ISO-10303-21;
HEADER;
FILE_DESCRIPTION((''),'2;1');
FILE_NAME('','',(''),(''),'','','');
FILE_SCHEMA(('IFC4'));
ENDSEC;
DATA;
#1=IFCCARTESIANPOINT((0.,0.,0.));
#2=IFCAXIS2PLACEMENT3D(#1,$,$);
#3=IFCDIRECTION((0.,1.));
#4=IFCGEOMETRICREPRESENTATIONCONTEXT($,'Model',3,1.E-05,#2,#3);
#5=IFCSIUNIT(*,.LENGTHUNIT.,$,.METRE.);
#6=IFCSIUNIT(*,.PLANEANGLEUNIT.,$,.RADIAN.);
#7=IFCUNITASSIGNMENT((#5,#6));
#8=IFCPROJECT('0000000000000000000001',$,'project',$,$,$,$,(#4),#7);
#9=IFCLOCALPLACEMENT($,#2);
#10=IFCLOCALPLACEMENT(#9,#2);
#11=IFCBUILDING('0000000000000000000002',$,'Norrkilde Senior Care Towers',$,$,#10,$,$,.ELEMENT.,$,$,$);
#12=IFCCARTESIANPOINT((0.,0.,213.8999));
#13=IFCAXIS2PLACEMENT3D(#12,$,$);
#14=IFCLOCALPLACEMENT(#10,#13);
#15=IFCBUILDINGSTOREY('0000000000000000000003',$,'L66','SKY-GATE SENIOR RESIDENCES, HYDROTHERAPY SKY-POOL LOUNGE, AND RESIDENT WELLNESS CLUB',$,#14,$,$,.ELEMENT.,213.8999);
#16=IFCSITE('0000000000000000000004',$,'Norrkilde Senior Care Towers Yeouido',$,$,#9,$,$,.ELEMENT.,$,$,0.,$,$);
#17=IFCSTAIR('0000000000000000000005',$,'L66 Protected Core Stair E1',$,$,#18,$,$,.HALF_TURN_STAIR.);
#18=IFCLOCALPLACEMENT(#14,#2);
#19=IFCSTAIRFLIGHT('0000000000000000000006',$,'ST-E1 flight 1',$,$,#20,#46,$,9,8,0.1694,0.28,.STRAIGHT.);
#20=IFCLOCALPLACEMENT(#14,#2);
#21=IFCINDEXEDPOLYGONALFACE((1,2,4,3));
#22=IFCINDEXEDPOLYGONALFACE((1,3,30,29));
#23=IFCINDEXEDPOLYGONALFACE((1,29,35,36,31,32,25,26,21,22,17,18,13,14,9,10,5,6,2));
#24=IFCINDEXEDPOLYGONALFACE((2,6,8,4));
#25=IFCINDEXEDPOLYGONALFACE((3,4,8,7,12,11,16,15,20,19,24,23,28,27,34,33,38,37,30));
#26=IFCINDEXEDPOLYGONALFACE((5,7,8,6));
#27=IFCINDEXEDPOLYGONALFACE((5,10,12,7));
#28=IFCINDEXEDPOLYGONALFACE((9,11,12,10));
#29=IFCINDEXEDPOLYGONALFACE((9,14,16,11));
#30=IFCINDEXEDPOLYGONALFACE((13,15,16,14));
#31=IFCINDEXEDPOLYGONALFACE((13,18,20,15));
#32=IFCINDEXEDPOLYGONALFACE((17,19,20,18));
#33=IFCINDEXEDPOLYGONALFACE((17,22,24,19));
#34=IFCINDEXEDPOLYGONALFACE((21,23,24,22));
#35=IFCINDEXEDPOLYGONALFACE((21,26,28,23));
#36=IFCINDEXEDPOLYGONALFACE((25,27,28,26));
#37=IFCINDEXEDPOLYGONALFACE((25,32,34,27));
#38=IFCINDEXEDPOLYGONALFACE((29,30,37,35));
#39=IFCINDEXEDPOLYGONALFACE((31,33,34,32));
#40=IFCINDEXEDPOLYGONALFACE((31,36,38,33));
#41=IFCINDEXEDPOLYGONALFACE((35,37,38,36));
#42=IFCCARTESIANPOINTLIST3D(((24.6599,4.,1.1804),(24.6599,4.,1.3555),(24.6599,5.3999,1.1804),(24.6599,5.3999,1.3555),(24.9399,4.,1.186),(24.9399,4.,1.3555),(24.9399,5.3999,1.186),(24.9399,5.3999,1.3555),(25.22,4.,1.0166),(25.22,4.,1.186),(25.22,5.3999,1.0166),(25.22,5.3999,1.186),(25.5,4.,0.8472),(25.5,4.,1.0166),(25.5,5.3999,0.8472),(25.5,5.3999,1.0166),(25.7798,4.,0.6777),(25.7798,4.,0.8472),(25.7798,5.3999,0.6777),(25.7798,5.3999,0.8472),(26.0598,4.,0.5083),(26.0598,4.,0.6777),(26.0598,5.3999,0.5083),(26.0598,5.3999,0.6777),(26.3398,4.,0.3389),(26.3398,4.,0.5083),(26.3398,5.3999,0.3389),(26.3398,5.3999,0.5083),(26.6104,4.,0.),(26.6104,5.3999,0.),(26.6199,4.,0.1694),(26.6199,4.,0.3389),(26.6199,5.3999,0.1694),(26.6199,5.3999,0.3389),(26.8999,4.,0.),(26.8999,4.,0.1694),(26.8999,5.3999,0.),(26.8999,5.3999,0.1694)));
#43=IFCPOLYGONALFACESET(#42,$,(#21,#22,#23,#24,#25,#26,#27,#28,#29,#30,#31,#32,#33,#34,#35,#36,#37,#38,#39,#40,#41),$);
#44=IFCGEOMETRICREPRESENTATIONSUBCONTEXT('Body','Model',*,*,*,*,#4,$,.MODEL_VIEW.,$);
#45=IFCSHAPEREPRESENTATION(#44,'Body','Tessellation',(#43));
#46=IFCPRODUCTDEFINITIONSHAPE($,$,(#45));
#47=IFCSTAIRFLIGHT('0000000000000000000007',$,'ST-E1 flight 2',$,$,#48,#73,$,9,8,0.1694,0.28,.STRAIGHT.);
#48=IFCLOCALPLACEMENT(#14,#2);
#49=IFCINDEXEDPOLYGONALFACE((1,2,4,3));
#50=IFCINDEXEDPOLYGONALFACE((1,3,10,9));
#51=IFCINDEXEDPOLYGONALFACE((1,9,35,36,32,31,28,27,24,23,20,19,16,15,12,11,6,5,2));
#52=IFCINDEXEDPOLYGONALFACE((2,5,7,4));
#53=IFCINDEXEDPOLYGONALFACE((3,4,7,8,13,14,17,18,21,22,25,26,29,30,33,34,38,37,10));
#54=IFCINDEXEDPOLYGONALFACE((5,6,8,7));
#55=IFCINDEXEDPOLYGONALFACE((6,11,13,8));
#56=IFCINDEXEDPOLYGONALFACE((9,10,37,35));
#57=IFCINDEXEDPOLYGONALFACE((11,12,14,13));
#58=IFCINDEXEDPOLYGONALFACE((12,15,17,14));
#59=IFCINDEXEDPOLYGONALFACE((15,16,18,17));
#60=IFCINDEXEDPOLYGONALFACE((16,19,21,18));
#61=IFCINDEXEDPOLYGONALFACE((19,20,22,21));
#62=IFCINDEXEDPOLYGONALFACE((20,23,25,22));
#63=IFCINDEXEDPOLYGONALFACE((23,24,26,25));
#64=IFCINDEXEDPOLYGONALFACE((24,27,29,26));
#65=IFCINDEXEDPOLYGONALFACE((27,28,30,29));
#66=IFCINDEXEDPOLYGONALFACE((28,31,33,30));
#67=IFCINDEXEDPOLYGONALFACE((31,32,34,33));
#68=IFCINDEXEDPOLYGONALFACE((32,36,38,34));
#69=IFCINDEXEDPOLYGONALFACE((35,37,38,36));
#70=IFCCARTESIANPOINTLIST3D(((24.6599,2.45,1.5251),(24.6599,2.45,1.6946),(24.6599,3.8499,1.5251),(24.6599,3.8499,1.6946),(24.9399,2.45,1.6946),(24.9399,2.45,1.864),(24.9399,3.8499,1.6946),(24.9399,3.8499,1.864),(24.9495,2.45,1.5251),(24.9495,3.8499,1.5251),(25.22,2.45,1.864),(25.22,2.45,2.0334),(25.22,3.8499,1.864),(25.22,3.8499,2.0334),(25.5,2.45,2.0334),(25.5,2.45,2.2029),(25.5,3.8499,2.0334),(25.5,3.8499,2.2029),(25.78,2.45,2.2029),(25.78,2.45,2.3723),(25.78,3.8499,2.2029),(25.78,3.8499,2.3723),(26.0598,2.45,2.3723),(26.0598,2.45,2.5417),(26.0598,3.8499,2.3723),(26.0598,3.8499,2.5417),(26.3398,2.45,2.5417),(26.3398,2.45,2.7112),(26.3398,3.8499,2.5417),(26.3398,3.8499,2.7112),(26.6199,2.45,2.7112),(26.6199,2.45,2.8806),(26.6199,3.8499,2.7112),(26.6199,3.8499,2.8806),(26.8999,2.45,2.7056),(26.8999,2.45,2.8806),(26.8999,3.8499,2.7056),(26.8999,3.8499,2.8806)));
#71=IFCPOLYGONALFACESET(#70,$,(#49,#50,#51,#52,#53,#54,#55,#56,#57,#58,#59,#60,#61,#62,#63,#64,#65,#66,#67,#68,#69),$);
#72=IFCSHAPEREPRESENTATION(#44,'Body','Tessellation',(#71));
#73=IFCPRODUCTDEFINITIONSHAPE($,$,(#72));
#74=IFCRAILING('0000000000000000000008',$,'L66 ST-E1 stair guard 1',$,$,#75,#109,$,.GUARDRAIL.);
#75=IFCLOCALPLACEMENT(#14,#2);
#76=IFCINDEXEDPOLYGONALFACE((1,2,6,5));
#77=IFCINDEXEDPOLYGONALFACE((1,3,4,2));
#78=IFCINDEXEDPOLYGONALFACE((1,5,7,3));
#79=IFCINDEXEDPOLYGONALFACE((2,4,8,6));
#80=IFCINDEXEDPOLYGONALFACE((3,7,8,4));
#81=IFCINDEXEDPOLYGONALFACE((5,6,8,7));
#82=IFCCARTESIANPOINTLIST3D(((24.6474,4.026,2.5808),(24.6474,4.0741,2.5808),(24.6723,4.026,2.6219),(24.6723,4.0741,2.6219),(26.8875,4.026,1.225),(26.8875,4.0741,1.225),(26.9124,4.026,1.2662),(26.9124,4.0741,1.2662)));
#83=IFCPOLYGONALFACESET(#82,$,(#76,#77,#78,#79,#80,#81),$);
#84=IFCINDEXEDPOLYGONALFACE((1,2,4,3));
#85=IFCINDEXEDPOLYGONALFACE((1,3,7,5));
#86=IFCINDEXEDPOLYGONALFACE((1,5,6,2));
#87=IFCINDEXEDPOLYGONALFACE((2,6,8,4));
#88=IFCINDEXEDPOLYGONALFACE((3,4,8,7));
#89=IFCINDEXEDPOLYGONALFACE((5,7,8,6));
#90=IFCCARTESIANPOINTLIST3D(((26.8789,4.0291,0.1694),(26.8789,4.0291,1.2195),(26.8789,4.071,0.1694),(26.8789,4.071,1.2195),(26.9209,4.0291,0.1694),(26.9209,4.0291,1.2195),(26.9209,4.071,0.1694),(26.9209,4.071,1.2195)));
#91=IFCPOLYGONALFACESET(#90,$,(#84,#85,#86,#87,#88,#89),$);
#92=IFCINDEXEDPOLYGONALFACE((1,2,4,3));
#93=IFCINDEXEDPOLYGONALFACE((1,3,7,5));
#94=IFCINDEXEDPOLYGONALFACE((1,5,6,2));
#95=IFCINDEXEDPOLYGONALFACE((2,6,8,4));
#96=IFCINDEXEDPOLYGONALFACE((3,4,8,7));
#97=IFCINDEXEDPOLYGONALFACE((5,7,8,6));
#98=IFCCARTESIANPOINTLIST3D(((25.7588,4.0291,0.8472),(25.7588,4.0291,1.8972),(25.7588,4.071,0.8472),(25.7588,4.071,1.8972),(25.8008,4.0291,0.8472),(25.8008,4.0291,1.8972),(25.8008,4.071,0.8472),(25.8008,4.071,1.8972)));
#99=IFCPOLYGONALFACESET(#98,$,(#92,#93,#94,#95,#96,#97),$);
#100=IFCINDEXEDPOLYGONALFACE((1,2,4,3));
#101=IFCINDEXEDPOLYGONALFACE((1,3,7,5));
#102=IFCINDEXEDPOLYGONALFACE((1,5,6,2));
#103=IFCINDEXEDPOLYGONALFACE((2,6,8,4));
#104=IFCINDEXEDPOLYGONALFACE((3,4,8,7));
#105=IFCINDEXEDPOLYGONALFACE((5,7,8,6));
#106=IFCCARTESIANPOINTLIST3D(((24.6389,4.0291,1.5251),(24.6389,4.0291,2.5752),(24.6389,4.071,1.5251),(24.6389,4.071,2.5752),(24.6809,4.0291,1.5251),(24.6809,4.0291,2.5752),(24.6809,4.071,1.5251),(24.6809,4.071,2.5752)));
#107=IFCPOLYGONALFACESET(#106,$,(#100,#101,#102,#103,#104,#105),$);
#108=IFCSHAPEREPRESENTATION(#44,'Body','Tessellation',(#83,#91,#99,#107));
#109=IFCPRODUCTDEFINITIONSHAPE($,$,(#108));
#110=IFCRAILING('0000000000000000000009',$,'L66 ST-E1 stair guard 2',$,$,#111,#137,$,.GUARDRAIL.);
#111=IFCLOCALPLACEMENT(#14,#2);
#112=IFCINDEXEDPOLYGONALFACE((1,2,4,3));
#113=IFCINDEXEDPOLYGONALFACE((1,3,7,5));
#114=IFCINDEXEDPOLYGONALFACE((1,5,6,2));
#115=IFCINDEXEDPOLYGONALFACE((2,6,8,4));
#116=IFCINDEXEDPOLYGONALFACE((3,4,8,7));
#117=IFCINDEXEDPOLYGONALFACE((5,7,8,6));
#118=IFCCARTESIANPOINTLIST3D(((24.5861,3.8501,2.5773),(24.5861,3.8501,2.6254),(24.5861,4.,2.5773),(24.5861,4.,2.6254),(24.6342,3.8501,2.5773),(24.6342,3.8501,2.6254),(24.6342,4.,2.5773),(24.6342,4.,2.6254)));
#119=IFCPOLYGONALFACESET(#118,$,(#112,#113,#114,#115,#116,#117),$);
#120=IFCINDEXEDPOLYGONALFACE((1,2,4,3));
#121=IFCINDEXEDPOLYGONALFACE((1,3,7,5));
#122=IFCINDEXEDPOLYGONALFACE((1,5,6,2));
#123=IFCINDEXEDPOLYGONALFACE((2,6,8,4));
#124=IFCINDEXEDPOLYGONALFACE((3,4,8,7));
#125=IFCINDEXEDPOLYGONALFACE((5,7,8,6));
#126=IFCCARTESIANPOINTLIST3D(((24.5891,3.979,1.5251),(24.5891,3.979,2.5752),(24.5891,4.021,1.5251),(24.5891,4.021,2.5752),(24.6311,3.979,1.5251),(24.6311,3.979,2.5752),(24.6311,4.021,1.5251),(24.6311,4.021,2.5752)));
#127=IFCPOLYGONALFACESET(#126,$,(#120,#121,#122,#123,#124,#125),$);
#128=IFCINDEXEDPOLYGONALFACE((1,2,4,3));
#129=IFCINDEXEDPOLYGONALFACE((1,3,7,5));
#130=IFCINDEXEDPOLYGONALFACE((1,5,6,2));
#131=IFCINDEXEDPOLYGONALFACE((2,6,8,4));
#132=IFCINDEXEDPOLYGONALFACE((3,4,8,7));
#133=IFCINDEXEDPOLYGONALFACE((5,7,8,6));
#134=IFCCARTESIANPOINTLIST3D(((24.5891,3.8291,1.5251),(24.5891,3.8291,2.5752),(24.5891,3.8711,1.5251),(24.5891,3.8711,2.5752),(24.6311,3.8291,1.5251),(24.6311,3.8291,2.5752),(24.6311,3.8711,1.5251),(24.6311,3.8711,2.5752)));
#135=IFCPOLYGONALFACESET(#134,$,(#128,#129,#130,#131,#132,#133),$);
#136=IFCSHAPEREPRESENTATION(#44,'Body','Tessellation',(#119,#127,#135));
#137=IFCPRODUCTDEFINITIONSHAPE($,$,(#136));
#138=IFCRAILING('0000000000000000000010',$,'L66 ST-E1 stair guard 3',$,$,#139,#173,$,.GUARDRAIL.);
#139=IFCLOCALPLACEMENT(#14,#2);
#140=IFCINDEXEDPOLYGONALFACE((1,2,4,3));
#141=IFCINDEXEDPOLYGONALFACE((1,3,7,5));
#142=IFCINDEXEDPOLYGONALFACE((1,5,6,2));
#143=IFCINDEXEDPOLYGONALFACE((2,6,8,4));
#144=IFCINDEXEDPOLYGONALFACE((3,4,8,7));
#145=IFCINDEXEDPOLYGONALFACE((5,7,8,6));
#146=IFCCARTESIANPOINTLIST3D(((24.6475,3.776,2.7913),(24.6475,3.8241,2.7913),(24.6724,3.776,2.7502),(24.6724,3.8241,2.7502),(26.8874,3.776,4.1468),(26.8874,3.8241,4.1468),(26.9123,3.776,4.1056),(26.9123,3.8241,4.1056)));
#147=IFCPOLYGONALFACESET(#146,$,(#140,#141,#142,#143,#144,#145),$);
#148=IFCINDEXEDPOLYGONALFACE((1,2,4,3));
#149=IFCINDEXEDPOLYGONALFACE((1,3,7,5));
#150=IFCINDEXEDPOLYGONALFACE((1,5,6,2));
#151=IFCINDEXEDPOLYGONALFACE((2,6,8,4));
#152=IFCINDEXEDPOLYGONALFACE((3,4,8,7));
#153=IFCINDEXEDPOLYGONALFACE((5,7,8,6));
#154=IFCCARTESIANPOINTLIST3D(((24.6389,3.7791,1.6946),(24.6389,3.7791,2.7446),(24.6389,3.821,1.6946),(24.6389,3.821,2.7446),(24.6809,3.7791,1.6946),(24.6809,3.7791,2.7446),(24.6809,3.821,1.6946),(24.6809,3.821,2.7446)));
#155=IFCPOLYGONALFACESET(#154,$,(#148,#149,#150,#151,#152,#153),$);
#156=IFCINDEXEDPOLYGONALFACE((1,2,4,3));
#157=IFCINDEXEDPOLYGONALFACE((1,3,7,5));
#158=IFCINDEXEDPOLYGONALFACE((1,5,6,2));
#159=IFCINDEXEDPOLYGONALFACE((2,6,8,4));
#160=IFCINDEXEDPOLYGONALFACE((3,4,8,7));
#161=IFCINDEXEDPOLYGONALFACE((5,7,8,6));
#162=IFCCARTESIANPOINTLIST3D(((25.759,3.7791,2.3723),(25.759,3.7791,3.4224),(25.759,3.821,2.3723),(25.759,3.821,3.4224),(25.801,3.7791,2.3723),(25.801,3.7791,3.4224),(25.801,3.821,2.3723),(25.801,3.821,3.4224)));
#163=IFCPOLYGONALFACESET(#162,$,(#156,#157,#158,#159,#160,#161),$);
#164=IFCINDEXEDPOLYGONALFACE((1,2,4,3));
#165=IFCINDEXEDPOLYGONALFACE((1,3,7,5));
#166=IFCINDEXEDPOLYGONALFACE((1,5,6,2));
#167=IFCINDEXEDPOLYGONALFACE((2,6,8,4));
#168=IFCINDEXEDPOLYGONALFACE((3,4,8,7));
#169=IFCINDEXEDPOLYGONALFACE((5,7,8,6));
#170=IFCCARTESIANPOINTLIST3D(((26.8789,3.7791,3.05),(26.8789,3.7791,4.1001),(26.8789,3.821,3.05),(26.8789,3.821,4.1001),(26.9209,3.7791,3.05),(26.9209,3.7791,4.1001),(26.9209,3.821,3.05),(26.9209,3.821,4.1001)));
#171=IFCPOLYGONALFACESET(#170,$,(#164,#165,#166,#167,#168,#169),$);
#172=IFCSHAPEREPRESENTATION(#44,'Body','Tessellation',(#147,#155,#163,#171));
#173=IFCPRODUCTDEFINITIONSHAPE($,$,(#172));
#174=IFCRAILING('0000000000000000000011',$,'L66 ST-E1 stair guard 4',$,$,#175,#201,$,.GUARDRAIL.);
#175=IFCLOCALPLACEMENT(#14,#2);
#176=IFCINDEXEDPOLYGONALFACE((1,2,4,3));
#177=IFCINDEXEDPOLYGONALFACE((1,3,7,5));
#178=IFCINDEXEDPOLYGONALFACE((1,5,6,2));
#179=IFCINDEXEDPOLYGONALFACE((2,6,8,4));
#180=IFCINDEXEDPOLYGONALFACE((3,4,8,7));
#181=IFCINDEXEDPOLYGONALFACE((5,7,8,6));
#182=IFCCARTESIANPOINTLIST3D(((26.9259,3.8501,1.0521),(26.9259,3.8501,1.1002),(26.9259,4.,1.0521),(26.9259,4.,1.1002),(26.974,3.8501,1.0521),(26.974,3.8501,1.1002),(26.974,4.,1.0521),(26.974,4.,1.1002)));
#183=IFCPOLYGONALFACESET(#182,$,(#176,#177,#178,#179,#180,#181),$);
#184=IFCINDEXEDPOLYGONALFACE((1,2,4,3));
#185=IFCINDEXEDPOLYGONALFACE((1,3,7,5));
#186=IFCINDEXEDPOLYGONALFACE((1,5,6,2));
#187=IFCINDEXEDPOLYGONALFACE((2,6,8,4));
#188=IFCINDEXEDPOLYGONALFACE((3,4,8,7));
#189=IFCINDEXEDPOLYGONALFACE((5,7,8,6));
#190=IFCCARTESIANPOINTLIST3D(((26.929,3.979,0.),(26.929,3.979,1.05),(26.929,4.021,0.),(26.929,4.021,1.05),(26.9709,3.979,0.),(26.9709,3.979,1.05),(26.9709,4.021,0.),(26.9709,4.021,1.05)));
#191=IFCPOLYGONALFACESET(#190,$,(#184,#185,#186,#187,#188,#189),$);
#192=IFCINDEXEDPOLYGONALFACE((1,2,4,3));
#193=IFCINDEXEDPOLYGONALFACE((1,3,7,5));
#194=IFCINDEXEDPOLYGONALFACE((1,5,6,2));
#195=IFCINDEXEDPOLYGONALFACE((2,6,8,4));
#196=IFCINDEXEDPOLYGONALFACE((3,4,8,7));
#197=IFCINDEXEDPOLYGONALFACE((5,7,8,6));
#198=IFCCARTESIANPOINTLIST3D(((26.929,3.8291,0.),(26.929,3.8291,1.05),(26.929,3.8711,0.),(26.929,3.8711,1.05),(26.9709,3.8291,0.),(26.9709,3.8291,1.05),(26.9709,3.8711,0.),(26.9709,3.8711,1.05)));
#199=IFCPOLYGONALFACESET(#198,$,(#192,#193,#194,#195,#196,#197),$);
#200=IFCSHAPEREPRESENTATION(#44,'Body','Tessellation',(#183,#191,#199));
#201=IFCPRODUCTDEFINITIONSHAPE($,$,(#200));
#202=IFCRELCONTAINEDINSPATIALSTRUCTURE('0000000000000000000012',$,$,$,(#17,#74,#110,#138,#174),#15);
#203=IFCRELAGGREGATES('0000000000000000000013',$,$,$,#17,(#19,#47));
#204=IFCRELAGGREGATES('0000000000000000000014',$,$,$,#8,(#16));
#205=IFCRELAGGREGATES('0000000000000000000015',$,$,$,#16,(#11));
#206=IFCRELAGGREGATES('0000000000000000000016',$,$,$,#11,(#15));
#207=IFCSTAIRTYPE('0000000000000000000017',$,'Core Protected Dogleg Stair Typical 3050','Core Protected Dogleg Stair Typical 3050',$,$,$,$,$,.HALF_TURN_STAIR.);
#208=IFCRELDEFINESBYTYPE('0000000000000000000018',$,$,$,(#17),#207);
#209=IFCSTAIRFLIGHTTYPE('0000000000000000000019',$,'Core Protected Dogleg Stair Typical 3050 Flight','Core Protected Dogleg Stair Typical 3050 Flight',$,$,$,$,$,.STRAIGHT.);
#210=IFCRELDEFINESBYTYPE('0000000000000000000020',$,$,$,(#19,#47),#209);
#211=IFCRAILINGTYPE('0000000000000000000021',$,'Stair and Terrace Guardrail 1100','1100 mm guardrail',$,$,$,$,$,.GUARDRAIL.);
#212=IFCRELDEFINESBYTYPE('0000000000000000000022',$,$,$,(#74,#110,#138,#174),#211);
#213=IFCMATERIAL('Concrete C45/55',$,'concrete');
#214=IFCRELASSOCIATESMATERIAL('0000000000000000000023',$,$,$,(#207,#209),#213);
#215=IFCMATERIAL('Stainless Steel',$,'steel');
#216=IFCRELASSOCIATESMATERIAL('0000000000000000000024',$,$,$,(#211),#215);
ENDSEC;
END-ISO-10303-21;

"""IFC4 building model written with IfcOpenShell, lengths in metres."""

from ifc_helpers import new_model, si_unit, direction, frame, origin, origin_2d, place, context, subcontext, project, spatial, polyline, rectangle, outline, extrude, material, type_object, element, aggregate, save


model = new_model("IFC4")

# Units and contexts
model_context = context("Model", 3, precision=1e-05, world=origin(), true_north=direction((0.0, 1.0)))
body_context = subcontext(model_context, "Body", "Model", "MODEL_VIEW")
ifc_project = project(units=[si_unit("LENGTHUNIT", "METRE"), si_unit("PLANEANGLEUNIT", "RADIAN")], contexts=[model_context])

# Site, building, storey
site_placement = place(None, origin())
site = spatial("IfcSite", under=ifc_project, at=site_placement, Name="Norrkilde Senior Care Towers Yeouido", CompositionType="ELEMENT", RefElevation=0.0)
building_placement = place(site_placement, origin())
building = spatial("IfcBuilding", under=site, at=building_placement, Name="Norrkilde Senior Care Towers", CompositionType="ELEMENT")
storey_placement = place(building_placement, frame((0.0, 0.0, 213.8999)))
storey = spatial("IfcBuildingStorey", under=building, at=storey_placement, Name="L66", Description="SKY-GATE SENIOR RESIDENCES, HYDROTHERAPY SKY-POOL LOUNGE, AND RESIDENT WELLNESS CLUB", CompositionType="ELEMENT", Elevation=213.8999)

# Shared definitions
ifc_material_1 = material(Name="Concrete C45/55", Category="concrete")

# Shared definitions
ifc_material_2 = material(Name="Stainless Steel", Category="steel")

# Stair, stair flights
stair_type = type_object("IfcStairType", Name="Core Protected Dogleg Stair Typical 3050", Description="Core Protected Dogleg Stair Typical 3050", PredefinedType="HALF_TURN_STAIR", material=ifc_material_1)
stair_placement = place(storey_placement, origin())
stair = element("IfcStair", 1, at=stair_placement, inside=storey, type_object=stair_type, Name="L66 Protected Core Stair E1", PredefinedType="HALF_TURN_STAIR")
stair_flight_type = type_object("IfcStairFlightType", Name="Core Protected Dogleg Stair Typical 3050 Flight", Description="Core Protected Dogleg Stair Typical 3050 Flight", PredefinedType="STRAIGHT", material=ifc_material_1)
stair_flight_1_placement = place(storey_placement, frame((26.8999, 4.7, 0.0), z_axis=(0.0, 0.0, 1.0), x_axis=(-1.0, 0.0, 0.0)))
stair_flight_1 = element("IfcStairFlight", 2, at=stair_flight_1_placement, type_object=stair_flight_type, Name="ST-E1 flight 1", NumberOfRisers=9, NumberOfTreads=8, PredefinedType="STRAIGHT", RiserHeight=0.1694, TreadLength=0.28, context=body_context, shape_type="SweptSolid", body=[
    extrude(outline(polyline([(0.0, 0.0), (0.0, 0.1694), (0.28, 0.1694), (0.28, 0.3389), (0.5601, 0.3389), (0.5601, 0.5083), (0.8401, 0.5083), (0.8401, 0.6777), (1.1201, 0.6777), (1.1201, 0.8472), (1.3999, 0.8472), (1.3999, 1.0166), (1.6799, 1.0166), (1.6799, 1.186), (1.96, 1.186), (1.96, 1.3555), (2.24, 1.3555), (2.24, 1.5249), (2.24, 1.1804), (0.2896, 0.0), (0.0, 0.0)])), frame((0.0, 0.7, 0.0), z_axis=(0.0, -1.0, 0.0), x_axis=(1.0, 0.0, 0.0)), (0.0, 0.0, 1.0), 1.3999),
])
stair_flight_2_placement = place(storey_placement, frame((24.6599, 3.1499, 1.5251), z_axis=(0.0, 0.0, 1.0), x_axis=(1.0, 0.0, 0.0)))
stair_flight_2 = element("IfcStairFlight", 3, at=stair_flight_2_placement, type_object=stair_flight_type, Name="ST-E1 flight 2", NumberOfRisers=9, NumberOfTreads=8, PredefinedType="STRAIGHT", RiserHeight=0.1694, TreadLength=0.28, context=body_context, shape_type="SweptSolid", body=[
    extrude(outline(polyline([(0.0, 0.0), (0.0, 0.1694), (0.28, 0.1694), (0.28, 0.3389), (0.5601, 0.3389), (0.5601, 0.5083), (0.8401, 0.5083), (0.8401, 0.6777), (1.1201, 0.6777), (1.1201, 0.8472), (1.3999, 0.8472), (1.3999, 1.0166), (1.6799, 1.0166), (1.6799, 1.186), (1.96, 1.186), (1.96, 1.3555), (2.24, 1.3555), (2.24, 1.5249), (2.24, 1.1804), (0.2896, 0.0), (0.0, 0.0)])), frame((0.0, 0.7, 0.0), z_axis=(0.0, -1.0, 0.0), x_axis=(1.0, 0.0, 0.0)), (0.0, 0.0, 1.0), 1.3999),
])
aggregate(stair, [stair_flight_1, stair_flight_2])

# Railings
railing_type_1 = type_object("IfcRailingType", Name="Stair and Terrace Guardrail 1100", Description="1100 mm guardrail", PredefinedType="GUARDRAIL", material=ifc_material_2)
railing_1_placement = place(storey_placement, frame((26.8999, 4.05, 0.1694)))
element("IfcRailing", 4, at=railing_1_placement, inside=storey, type_object=railing_type_1, Name="L66 ST-E1 stair guard 1", PredefinedType="GUARDRAIL", context=body_context, shape_type="SweptSolid", body=[
    extrude(rectangle(XDim=0.0481, YDim=0.0481, at=origin_2d()), frame((0.0, 0.0, 1.0762), z_axis=(-0.855512, 0.0, 0.517783), x_axis=(0.0, -1.0, 0.0)), (0.0, 0.0, 1.0), 2.6184),
    extrude(rectangle(XDim=0.042, YDim=0.042, at=origin_2d()), origin(), (0.0, 0.0, 1.0), 1.05),
    extrude(rectangle(XDim=0.042, YDim=0.042, at=origin_2d()), frame((-1.1201, 0.0, 0.6777)), (0.0, 0.0, 1.0), 1.05),
    extrude(rectangle(XDim=0.042, YDim=0.042, at=origin_2d()), frame((-2.24, 0.0, 1.3557)), (0.0, 0.0, 1.0), 1.05),
])
railing_2_placement = place(storey_placement, frame((24.6101, 4.0, 1.5251)))
element("IfcRailing", 5, at=railing_2_placement, inside=storey, type_object=railing_type_1, Name="L66 ST-E1 stair guard 2", PredefinedType="GUARDRAIL", context=body_context, shape_type="SweptSolid", body=[
    extrude(rectangle(XDim=0.0481, YDim=0.0481, at=origin_2d()), frame((0.0, 0.0, 1.0762), z_axis=(0.0, -1.0, 0.0), x_axis=(1.0, 0.0, 0.0)), (0.0, 0.0, 1.0), 0.1499),
    extrude(rectangle(XDim=0.042, YDim=0.042, at=origin_2d()), origin(), (0.0, 0.0, 1.0), 1.05),
    extrude(rectangle(XDim=0.042, YDim=0.042, at=origin_2d()), frame((0.0, -0.1499, 0.0)), (0.0, 0.0, 1.0), 1.05),
])
railing_3_placement = place(storey_placement, frame((24.6599, 3.8, 1.6946)))
element("IfcRailing", 6, at=railing_3_placement, inside=storey, type_object=railing_type_1, Name="L66 ST-E1 stair guard 3", PredefinedType="GUARDRAIL", context=body_context, shape_type="SweptSolid", body=[
    extrude(rectangle(XDim=0.0481, YDim=0.0481, at=origin_2d()), frame((0.0, 0.0, 1.0762), z_axis=(0.855553, 0.0, 0.517715), x_axis=(0.0, 1.0, 0.0)), (0.0, 0.0, 1.0), 2.6182),
    extrude(rectangle(XDim=0.042, YDim=0.042, at=origin_2d()), origin(), (0.0, 0.0, 1.0), 1.05),
    extrude(rectangle(XDim=0.042, YDim=0.042, at=origin_2d()), frame((1.1201, 0.0, 0.6777)), (0.0, 0.0, 1.0), 1.05),
    extrude(rectangle(XDim=0.042, YDim=0.042, at=origin_2d()), frame((2.24, 0.0, 1.3555)), (0.0, 0.0, 1.0), 1.05),
])
railing_4_placement = place(storey_placement, frame((26.95, 4.0, 0.0)))
element("IfcRailing", 7, at=railing_4_placement, inside=storey, type_object=railing_type_1, Name="L66 ST-E1 stair guard 4", PredefinedType="GUARDRAIL", context=body_context, shape_type="SweptSolid", body=[
    extrude(rectangle(XDim=0.0481, YDim=0.0481, at=origin_2d()), frame((0.0, 0.0, 1.0762), z_axis=(0.0, -1.0, 0.0), x_axis=(1.0, 0.0, 0.0)), (0.0, 0.0, 1.0), 0.1499),
    extrude(rectangle(XDim=0.042, YDim=0.042, at=origin_2d()), origin(), (0.0, 0.0, 1.0), 1.05),
    extrude(rectangle(XDim=0.042, YDim=0.042, at=origin_2d()), frame((0.0, -0.1499, 0.0)), (0.0, 0.0, 1.0), 1.05),
])

save(model, "model.ifc")
